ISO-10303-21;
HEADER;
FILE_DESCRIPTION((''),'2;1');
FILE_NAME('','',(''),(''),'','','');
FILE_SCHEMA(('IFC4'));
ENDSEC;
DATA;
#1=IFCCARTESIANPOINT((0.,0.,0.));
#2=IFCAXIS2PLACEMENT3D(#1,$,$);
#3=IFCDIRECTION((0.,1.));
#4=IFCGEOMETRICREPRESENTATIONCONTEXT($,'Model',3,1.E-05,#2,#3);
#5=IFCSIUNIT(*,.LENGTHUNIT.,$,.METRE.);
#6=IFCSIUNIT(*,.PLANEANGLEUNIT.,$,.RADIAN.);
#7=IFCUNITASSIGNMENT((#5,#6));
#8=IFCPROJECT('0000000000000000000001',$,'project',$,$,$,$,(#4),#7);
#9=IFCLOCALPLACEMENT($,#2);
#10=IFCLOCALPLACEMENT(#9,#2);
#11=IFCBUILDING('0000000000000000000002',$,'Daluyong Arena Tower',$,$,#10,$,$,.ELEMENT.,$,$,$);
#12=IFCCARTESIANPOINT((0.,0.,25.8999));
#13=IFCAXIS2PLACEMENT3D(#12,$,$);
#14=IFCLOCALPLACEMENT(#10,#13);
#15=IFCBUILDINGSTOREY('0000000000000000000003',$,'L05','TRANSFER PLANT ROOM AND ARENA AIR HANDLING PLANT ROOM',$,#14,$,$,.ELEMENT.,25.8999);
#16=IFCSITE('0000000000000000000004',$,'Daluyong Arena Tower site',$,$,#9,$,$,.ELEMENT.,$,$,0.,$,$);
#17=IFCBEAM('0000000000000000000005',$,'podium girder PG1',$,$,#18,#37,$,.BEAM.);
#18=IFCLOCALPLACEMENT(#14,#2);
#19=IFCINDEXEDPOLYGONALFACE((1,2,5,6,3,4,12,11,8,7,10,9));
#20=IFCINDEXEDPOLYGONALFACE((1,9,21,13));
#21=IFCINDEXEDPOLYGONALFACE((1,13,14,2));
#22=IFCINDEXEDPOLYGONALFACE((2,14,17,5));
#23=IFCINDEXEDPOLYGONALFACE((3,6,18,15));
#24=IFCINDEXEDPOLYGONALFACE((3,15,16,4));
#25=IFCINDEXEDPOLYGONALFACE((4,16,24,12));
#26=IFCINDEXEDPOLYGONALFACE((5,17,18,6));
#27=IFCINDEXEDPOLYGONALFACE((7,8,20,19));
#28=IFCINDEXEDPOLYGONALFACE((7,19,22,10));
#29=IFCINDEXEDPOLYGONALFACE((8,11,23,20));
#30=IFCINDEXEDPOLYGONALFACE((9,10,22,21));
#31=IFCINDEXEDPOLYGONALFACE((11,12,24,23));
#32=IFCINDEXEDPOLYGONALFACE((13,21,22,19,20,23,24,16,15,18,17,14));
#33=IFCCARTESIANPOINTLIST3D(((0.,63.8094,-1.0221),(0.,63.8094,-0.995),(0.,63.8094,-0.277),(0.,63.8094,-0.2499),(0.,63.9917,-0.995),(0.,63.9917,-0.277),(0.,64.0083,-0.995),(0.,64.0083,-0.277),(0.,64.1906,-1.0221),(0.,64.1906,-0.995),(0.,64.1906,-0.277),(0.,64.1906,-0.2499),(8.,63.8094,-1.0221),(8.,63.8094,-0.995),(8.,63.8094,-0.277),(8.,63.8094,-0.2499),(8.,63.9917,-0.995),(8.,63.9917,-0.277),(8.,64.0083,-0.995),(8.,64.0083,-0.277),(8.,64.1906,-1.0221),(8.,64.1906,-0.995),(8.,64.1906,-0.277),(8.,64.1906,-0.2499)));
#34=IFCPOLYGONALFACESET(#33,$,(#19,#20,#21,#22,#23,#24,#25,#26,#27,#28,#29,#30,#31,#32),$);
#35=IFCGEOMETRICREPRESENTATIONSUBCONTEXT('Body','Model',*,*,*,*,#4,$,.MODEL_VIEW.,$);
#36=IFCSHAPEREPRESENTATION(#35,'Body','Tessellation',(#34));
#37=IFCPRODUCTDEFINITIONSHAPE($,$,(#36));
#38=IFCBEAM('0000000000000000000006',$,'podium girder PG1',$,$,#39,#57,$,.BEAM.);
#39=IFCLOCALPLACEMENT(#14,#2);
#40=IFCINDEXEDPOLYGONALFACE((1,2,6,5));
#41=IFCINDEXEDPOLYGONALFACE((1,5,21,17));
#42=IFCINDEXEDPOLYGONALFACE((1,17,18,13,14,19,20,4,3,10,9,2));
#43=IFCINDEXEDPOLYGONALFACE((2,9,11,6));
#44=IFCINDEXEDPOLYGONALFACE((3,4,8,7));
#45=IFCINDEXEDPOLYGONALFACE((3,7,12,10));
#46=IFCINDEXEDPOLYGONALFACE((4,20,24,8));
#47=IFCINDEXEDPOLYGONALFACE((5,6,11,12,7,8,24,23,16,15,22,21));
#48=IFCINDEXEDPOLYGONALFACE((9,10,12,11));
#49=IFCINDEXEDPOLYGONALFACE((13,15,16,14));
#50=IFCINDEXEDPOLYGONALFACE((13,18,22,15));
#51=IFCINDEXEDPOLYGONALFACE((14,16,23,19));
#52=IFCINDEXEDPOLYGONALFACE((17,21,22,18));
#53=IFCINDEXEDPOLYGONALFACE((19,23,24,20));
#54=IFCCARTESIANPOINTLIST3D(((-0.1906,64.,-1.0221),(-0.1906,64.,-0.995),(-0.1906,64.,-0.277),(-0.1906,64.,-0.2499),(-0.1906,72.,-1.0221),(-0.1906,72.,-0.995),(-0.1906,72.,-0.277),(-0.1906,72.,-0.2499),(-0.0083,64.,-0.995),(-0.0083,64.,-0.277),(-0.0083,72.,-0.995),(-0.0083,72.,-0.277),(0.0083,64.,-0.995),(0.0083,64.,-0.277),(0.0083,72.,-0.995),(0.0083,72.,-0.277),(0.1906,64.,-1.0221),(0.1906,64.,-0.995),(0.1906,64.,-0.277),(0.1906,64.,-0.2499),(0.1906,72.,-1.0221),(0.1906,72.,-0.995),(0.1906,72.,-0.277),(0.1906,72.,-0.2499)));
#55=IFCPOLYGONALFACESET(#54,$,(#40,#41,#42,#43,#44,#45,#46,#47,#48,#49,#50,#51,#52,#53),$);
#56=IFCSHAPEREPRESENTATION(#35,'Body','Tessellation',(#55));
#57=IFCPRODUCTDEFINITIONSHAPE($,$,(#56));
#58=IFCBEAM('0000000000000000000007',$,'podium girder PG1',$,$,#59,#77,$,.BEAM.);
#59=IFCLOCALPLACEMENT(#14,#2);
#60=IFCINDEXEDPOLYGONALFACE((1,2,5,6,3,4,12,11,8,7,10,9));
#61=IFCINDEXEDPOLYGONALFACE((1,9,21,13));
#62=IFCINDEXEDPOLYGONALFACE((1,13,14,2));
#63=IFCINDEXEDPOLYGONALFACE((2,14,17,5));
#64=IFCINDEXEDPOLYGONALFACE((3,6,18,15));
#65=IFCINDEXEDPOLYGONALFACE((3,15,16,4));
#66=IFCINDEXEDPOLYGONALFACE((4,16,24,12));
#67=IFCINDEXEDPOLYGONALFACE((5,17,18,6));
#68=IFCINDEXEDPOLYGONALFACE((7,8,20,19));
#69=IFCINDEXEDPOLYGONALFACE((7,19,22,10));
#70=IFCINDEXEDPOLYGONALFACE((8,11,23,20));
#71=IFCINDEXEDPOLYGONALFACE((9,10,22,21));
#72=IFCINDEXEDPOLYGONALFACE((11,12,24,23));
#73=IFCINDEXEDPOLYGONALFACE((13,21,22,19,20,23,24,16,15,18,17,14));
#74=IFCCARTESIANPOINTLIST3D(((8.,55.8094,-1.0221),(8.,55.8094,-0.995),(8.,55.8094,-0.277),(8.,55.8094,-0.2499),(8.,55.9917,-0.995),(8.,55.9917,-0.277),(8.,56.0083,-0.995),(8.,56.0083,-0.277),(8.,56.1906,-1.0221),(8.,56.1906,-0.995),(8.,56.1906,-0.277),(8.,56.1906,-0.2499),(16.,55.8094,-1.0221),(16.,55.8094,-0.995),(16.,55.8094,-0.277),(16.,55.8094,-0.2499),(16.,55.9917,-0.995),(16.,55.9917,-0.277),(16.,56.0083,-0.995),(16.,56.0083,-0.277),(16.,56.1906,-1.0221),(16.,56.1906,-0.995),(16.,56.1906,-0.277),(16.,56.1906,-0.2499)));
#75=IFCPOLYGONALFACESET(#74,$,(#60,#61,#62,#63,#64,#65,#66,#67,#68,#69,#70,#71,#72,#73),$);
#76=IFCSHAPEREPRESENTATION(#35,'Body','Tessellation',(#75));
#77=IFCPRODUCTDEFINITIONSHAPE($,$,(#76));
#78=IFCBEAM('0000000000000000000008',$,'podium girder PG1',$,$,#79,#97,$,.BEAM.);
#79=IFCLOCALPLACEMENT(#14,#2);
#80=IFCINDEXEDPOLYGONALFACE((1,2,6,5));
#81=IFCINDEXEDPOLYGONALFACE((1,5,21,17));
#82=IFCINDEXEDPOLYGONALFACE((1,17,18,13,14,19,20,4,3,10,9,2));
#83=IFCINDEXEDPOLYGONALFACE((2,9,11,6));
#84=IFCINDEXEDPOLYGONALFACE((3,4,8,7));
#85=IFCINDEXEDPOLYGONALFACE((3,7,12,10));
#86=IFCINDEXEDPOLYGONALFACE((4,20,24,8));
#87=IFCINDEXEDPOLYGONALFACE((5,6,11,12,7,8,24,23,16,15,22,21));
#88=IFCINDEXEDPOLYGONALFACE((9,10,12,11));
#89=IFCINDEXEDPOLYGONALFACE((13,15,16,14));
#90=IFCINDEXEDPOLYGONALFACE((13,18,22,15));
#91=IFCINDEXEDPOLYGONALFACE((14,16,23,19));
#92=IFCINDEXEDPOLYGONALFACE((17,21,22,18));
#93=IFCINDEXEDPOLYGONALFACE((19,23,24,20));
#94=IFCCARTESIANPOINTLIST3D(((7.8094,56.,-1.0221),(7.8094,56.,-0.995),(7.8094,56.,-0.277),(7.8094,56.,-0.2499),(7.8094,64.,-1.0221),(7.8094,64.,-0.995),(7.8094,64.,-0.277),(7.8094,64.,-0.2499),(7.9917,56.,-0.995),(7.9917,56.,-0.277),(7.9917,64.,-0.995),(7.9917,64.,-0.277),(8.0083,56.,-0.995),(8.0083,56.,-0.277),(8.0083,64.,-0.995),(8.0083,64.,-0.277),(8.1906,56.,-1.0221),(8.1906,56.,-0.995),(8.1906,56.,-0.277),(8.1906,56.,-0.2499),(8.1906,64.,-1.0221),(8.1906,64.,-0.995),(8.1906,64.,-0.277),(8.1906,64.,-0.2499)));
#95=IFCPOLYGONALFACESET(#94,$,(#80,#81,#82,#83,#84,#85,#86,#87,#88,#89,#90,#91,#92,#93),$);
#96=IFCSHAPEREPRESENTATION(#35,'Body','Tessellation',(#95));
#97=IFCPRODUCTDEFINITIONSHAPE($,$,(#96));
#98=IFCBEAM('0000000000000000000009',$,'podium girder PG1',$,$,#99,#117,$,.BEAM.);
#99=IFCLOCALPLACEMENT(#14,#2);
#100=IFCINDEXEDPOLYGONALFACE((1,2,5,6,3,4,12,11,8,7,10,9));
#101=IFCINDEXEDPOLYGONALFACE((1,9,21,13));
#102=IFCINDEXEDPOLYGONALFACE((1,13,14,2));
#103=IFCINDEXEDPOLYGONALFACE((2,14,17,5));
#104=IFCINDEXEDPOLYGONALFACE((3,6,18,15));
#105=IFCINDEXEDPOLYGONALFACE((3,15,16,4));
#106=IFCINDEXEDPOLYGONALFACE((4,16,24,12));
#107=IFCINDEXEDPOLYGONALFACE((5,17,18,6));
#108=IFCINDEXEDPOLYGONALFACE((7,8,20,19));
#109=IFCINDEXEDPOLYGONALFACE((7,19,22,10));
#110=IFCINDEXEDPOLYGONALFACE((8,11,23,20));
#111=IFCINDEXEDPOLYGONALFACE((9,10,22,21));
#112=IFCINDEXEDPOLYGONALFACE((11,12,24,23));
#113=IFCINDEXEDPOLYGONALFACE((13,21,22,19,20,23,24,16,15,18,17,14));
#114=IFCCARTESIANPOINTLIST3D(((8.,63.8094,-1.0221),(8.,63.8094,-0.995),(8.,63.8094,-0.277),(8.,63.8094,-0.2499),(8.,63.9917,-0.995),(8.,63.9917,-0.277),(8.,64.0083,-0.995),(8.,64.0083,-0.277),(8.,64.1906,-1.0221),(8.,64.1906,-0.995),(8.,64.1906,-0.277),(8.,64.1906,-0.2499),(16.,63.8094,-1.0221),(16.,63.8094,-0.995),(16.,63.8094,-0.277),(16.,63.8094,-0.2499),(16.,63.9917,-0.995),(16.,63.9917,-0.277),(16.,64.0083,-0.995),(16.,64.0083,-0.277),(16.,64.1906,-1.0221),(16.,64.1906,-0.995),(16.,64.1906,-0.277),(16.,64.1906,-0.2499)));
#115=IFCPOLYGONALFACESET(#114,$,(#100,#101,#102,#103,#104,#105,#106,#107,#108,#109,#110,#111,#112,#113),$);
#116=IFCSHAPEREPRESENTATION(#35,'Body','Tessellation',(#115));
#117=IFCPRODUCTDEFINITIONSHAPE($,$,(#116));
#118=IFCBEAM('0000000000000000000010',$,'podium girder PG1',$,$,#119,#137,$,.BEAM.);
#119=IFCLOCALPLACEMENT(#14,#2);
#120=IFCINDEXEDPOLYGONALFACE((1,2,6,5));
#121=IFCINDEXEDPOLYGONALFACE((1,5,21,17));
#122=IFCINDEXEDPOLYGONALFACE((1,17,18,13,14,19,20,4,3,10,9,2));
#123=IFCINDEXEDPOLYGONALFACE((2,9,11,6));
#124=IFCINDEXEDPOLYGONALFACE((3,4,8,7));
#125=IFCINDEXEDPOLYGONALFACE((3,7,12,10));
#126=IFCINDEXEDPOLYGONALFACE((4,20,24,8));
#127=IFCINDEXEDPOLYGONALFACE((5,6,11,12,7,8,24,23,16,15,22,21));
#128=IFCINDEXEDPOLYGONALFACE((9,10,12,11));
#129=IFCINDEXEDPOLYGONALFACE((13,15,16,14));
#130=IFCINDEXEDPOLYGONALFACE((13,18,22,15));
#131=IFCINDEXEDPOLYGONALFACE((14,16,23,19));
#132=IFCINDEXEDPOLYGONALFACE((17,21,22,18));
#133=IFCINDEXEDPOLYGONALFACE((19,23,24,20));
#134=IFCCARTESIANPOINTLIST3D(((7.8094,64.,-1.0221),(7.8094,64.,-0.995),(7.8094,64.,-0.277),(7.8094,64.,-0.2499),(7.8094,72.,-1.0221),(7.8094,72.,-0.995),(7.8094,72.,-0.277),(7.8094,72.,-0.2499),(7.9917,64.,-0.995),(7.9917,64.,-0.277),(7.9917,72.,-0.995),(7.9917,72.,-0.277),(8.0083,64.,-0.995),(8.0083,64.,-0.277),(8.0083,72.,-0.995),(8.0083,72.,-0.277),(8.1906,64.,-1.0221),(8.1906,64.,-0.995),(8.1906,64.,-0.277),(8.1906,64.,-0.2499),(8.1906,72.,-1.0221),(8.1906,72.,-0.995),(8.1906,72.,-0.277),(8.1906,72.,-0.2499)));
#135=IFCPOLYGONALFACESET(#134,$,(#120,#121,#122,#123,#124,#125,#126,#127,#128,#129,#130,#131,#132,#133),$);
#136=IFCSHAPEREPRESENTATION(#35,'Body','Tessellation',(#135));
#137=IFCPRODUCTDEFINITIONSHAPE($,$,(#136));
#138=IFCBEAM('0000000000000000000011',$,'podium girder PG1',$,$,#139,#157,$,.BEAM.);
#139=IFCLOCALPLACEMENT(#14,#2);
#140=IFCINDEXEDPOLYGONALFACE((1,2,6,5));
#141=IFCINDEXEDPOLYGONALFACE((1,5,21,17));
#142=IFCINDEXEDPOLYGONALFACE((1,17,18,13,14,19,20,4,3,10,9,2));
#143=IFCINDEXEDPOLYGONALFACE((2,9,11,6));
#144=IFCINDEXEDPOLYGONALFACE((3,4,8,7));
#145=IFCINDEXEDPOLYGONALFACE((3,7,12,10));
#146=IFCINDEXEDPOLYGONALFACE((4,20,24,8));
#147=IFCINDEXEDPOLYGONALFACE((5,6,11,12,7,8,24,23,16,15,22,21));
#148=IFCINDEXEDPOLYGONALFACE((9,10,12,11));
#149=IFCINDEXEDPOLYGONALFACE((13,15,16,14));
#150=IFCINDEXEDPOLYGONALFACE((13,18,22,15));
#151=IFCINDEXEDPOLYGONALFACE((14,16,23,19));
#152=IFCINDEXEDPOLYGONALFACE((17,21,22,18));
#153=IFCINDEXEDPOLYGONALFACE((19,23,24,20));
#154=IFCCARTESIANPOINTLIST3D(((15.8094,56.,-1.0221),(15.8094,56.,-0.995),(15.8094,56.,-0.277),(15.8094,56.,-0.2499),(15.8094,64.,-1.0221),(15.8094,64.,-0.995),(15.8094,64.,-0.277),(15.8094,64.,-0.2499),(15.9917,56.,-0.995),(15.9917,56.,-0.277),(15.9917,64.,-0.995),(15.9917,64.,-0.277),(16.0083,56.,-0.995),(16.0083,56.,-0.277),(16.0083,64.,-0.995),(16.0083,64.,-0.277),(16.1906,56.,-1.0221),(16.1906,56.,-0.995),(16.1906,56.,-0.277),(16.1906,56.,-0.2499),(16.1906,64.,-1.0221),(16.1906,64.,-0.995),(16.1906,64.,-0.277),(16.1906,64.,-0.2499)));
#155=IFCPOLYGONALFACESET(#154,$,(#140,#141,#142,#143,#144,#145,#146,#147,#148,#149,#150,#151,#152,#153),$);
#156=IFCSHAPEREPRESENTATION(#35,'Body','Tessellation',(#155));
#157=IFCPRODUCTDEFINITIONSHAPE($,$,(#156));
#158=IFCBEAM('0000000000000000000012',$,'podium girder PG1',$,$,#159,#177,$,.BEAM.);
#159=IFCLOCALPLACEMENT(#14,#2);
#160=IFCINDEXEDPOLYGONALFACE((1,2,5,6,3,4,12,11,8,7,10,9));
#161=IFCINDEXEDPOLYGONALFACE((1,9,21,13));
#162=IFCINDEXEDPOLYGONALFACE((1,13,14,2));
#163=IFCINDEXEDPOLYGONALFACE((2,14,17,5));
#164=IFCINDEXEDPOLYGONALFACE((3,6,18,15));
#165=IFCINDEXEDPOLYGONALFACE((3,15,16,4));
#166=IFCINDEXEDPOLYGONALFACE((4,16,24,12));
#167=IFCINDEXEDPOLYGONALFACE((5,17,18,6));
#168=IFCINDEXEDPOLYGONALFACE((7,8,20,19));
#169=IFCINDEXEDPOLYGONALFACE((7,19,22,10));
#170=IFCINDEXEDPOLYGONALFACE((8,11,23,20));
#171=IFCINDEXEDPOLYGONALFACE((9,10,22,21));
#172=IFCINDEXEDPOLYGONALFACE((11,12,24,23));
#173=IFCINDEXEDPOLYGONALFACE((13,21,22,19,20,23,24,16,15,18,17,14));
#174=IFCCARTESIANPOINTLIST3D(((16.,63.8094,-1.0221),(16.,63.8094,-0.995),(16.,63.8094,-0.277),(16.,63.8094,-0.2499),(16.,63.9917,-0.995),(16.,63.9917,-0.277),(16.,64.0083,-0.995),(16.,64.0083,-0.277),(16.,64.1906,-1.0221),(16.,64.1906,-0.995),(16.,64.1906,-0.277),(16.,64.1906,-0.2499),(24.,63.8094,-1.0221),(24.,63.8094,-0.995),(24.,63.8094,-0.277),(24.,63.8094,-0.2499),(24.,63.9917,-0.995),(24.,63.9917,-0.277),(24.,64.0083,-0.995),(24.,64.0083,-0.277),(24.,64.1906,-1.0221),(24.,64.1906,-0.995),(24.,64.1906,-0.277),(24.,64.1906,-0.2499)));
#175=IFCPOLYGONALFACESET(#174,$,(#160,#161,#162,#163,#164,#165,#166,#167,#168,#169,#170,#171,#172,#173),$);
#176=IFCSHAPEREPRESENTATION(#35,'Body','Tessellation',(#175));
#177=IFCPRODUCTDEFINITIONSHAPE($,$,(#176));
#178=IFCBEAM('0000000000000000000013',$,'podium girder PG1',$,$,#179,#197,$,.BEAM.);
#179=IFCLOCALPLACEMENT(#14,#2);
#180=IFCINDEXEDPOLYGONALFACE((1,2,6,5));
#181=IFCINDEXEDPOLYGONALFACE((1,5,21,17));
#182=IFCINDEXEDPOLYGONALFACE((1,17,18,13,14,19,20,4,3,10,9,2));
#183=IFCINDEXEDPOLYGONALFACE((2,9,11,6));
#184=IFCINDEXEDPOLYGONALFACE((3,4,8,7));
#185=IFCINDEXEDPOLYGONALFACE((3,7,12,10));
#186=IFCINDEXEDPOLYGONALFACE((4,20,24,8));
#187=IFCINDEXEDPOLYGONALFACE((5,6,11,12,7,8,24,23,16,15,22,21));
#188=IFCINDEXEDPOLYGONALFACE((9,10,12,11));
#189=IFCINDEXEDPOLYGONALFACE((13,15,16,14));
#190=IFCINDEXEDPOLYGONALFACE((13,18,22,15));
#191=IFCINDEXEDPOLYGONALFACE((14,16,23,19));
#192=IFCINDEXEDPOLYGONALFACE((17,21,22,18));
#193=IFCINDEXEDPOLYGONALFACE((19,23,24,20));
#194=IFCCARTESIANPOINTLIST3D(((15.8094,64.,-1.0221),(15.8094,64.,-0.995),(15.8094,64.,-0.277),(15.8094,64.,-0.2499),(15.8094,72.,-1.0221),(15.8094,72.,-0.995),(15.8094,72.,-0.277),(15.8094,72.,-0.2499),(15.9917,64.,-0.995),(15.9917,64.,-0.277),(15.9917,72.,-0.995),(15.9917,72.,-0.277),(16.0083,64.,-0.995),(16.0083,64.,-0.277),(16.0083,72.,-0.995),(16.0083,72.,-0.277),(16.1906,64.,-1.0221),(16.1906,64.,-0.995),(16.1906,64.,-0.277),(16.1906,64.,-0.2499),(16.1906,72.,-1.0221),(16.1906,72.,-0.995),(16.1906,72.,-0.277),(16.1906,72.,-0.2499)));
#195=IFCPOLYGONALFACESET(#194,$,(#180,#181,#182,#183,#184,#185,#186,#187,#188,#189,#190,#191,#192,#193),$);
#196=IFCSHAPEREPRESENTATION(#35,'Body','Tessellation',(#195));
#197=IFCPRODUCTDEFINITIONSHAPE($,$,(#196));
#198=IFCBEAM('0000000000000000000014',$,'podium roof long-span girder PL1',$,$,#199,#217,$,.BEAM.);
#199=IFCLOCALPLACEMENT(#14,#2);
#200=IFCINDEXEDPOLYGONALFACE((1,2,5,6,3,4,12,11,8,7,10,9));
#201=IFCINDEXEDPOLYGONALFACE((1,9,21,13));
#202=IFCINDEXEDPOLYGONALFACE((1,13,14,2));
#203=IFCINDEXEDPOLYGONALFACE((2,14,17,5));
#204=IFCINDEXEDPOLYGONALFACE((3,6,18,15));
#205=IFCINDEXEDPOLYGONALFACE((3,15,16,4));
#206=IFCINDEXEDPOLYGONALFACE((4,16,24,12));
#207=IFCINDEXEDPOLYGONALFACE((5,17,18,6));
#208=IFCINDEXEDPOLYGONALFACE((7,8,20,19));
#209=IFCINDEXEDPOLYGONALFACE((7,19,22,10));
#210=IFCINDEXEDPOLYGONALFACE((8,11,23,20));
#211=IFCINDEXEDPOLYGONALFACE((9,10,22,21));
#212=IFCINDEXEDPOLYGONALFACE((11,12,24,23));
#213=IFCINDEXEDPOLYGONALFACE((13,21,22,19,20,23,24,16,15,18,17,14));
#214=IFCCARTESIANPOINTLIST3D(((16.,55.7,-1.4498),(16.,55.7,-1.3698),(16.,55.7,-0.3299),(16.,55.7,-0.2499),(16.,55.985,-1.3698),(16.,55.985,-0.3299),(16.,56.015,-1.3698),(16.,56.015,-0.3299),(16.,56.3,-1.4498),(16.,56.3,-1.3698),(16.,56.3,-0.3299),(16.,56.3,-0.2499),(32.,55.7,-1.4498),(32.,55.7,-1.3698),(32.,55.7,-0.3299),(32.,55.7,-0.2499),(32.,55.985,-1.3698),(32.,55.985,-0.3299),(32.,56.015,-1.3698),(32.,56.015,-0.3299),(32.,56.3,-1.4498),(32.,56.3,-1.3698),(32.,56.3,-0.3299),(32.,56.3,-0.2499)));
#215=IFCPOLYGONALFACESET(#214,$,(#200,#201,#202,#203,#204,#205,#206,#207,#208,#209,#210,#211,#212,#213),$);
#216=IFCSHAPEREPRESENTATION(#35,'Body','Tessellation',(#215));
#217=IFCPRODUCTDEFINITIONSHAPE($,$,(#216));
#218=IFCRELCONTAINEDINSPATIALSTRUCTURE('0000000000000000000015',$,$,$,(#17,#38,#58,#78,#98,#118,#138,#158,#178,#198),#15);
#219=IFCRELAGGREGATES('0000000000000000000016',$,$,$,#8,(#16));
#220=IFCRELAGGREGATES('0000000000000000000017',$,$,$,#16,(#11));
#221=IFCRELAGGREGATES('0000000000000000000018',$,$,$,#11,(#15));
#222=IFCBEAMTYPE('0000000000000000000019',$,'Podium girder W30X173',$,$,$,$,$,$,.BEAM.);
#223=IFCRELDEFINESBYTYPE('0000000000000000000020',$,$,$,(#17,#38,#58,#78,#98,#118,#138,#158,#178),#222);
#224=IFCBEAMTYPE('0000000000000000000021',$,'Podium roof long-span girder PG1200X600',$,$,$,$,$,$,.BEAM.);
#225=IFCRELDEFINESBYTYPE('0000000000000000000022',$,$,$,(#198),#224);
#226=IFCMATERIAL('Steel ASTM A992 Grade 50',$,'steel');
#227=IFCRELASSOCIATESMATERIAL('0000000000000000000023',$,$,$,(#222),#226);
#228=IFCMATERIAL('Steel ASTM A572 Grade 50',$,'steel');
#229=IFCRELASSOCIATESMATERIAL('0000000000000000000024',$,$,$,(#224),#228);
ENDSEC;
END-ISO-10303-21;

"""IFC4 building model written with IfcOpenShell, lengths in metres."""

from ifc_helpers import new_model, si_unit, direction, frame, origin, origin_2d, place, context, subcontext, project, spatial, i_section, extrude, material, material_profile, profile_set, type_object, element, save


model = new_model("IFC4")

# Units and contexts
model_context = context("Model", 3, precision=1e-05, world=origin(), true_north=direction((0.0, 1.0)))
body_context = subcontext(model_context, "Body", "Model", "MODEL_VIEW")
ifc_project = project(units=[si_unit("LENGTHUNIT", "METRE"), si_unit("PLANEANGLEUNIT", "RADIAN")], contexts=[model_context])

# Site, building, storey
site_placement = place(None, origin())
site = spatial("IfcSite", under=ifc_project, at=site_placement, Name="Daluyong Arena Tower site", CompositionType="ELEMENT", RefElevation=0.0)
building_placement = place(site_placement, origin())
building = spatial("IfcBuilding", under=site, at=building_placement, Name="Daluyong Arena Tower", CompositionType="ELEMENT")
storey_placement = place(building_placement, frame((0.0, 0.0, 25.8999)))
storey = spatial("IfcBuildingStorey", under=building, at=storey_placement, Name="L05", Description="TRANSFER PLANT ROOM AND ARENA AIR HANDLING PLANT ROOM", CompositionType="ELEMENT", Elevation=25.8999)

# Beams
ifc_material_1 = material(Name="Steel ASTM A992 Grade 50", Category="steel")
ifc_material_profile_1 = material_profile(ifc_material_1, i_section(OverallWidth=0.3811, OverallDepth=0.7722, WebThickness=0.0166, FlangeThickness=0.0271, at=origin_2d()))
ifc_profile_set_1 = profile_set([ifc_material_profile_1], Name="Steel ASTM A992 Grade 50")
beam_type_1 = type_object("IfcBeamType", Name="Podium girder W30X173", PredefinedType="BEAM", material=ifc_profile_set_1)
for number, where, z_axis, x_axis, name in (
    (1, (0.0, 64.0, -0.636), (1.0, 0.0, 0.0), (0.0, 1.0, 0.0), "podium girder PG1"),
    (2, (0.0, 64.0, -0.636), (0.0, 1.0, 0.0), (-1.0, 0.0, 0.0), "podium girder PG1"),
    (3, (8.0, 56.0, -0.636), (1.0, 0.0, 0.0), (0.0, 1.0, 0.0), "podium girder PG1"),
    (4, (8.0, 56.0, -0.636), (0.0, 1.0, 0.0), (-1.0, 0.0, 0.0), "podium girder PG1"),
    (5, (8.0, 64.0, -0.636), (1.0, 0.0, 0.0), (0.0, 1.0, 0.0), "podium girder PG1"),
    (6, (8.0, 64.0, -0.636), (0.0, 1.0, 0.0), (-1.0, 0.0, 0.0), "podium girder PG1"),
    (7, (16.0, 56.0, -0.636), (0.0, 1.0, 0.0), (-1.0, 0.0, 0.0), "podium girder PG1"),
    (8, (16.0, 64.0, -0.636), (1.0, 0.0, 0.0), (0.0, 1.0, 0.0), "podium girder PG1"),
    (9, (16.0, 64.0, -0.636), (0.0, 1.0, 0.0), (-1.0, 0.0, 0.0), "podium girder PG1"),
):
    element("IfcBeam", number, at=place(storey_placement, frame(where, z_axis=z_axis, x_axis=x_axis)), inside=storey, type_object=beam_type_1, Name=name, PredefinedType="BEAM", context=body_context, shape_type="SweptSolid", body=[
        extrude(i_section(OverallWidth=0.3811, OverallDepth=0.7722, WebThickness=0.0166, FlangeThickness=0.0271, at=origin_2d()), origin(), (0.0, 0.0, 1.0), 8.0),
    ])
ifc_material_2 = material(Name="Steel ASTM A572 Grade 50", Category="steel")
ifc_material_profile_2 = material_profile(ifc_material_2, i_section(OverallWidth=0.6001, OverallDepth=1.2, WebThickness=0.03, FlangeThickness=0.08, at=origin_2d()))
ifc_profile_set_2 = profile_set([ifc_material_profile_2], Name="Steel ASTM A572 Grade 50")
beam_type_2 = type_object("IfcBeamType", Name="Podium roof long-span girder PG1200X600", PredefinedType="BEAM", material=ifc_profile_set_2)
beam_placement = place(storey_placement, frame((16.0, 56.0, -0.8499), z_axis=(1.0, 0.0, 0.0), x_axis=(0.0, 1.0, 0.0)))
element("IfcBeam", 10, at=beam_placement, inside=storey, type_object=beam_type_2, Name="podium roof long-span girder PL1", PredefinedType="BEAM", context=body_context, shape_type="SweptSolid", body=[
    extrude(i_section(OverallWidth=0.6001, OverallDepth=1.2, WebThickness=0.03, FlangeThickness=0.08, at=origin_2d()), origin(), (0.0, 0.0, 1.0), 16.0),
])

save(model, "model.ifc")
